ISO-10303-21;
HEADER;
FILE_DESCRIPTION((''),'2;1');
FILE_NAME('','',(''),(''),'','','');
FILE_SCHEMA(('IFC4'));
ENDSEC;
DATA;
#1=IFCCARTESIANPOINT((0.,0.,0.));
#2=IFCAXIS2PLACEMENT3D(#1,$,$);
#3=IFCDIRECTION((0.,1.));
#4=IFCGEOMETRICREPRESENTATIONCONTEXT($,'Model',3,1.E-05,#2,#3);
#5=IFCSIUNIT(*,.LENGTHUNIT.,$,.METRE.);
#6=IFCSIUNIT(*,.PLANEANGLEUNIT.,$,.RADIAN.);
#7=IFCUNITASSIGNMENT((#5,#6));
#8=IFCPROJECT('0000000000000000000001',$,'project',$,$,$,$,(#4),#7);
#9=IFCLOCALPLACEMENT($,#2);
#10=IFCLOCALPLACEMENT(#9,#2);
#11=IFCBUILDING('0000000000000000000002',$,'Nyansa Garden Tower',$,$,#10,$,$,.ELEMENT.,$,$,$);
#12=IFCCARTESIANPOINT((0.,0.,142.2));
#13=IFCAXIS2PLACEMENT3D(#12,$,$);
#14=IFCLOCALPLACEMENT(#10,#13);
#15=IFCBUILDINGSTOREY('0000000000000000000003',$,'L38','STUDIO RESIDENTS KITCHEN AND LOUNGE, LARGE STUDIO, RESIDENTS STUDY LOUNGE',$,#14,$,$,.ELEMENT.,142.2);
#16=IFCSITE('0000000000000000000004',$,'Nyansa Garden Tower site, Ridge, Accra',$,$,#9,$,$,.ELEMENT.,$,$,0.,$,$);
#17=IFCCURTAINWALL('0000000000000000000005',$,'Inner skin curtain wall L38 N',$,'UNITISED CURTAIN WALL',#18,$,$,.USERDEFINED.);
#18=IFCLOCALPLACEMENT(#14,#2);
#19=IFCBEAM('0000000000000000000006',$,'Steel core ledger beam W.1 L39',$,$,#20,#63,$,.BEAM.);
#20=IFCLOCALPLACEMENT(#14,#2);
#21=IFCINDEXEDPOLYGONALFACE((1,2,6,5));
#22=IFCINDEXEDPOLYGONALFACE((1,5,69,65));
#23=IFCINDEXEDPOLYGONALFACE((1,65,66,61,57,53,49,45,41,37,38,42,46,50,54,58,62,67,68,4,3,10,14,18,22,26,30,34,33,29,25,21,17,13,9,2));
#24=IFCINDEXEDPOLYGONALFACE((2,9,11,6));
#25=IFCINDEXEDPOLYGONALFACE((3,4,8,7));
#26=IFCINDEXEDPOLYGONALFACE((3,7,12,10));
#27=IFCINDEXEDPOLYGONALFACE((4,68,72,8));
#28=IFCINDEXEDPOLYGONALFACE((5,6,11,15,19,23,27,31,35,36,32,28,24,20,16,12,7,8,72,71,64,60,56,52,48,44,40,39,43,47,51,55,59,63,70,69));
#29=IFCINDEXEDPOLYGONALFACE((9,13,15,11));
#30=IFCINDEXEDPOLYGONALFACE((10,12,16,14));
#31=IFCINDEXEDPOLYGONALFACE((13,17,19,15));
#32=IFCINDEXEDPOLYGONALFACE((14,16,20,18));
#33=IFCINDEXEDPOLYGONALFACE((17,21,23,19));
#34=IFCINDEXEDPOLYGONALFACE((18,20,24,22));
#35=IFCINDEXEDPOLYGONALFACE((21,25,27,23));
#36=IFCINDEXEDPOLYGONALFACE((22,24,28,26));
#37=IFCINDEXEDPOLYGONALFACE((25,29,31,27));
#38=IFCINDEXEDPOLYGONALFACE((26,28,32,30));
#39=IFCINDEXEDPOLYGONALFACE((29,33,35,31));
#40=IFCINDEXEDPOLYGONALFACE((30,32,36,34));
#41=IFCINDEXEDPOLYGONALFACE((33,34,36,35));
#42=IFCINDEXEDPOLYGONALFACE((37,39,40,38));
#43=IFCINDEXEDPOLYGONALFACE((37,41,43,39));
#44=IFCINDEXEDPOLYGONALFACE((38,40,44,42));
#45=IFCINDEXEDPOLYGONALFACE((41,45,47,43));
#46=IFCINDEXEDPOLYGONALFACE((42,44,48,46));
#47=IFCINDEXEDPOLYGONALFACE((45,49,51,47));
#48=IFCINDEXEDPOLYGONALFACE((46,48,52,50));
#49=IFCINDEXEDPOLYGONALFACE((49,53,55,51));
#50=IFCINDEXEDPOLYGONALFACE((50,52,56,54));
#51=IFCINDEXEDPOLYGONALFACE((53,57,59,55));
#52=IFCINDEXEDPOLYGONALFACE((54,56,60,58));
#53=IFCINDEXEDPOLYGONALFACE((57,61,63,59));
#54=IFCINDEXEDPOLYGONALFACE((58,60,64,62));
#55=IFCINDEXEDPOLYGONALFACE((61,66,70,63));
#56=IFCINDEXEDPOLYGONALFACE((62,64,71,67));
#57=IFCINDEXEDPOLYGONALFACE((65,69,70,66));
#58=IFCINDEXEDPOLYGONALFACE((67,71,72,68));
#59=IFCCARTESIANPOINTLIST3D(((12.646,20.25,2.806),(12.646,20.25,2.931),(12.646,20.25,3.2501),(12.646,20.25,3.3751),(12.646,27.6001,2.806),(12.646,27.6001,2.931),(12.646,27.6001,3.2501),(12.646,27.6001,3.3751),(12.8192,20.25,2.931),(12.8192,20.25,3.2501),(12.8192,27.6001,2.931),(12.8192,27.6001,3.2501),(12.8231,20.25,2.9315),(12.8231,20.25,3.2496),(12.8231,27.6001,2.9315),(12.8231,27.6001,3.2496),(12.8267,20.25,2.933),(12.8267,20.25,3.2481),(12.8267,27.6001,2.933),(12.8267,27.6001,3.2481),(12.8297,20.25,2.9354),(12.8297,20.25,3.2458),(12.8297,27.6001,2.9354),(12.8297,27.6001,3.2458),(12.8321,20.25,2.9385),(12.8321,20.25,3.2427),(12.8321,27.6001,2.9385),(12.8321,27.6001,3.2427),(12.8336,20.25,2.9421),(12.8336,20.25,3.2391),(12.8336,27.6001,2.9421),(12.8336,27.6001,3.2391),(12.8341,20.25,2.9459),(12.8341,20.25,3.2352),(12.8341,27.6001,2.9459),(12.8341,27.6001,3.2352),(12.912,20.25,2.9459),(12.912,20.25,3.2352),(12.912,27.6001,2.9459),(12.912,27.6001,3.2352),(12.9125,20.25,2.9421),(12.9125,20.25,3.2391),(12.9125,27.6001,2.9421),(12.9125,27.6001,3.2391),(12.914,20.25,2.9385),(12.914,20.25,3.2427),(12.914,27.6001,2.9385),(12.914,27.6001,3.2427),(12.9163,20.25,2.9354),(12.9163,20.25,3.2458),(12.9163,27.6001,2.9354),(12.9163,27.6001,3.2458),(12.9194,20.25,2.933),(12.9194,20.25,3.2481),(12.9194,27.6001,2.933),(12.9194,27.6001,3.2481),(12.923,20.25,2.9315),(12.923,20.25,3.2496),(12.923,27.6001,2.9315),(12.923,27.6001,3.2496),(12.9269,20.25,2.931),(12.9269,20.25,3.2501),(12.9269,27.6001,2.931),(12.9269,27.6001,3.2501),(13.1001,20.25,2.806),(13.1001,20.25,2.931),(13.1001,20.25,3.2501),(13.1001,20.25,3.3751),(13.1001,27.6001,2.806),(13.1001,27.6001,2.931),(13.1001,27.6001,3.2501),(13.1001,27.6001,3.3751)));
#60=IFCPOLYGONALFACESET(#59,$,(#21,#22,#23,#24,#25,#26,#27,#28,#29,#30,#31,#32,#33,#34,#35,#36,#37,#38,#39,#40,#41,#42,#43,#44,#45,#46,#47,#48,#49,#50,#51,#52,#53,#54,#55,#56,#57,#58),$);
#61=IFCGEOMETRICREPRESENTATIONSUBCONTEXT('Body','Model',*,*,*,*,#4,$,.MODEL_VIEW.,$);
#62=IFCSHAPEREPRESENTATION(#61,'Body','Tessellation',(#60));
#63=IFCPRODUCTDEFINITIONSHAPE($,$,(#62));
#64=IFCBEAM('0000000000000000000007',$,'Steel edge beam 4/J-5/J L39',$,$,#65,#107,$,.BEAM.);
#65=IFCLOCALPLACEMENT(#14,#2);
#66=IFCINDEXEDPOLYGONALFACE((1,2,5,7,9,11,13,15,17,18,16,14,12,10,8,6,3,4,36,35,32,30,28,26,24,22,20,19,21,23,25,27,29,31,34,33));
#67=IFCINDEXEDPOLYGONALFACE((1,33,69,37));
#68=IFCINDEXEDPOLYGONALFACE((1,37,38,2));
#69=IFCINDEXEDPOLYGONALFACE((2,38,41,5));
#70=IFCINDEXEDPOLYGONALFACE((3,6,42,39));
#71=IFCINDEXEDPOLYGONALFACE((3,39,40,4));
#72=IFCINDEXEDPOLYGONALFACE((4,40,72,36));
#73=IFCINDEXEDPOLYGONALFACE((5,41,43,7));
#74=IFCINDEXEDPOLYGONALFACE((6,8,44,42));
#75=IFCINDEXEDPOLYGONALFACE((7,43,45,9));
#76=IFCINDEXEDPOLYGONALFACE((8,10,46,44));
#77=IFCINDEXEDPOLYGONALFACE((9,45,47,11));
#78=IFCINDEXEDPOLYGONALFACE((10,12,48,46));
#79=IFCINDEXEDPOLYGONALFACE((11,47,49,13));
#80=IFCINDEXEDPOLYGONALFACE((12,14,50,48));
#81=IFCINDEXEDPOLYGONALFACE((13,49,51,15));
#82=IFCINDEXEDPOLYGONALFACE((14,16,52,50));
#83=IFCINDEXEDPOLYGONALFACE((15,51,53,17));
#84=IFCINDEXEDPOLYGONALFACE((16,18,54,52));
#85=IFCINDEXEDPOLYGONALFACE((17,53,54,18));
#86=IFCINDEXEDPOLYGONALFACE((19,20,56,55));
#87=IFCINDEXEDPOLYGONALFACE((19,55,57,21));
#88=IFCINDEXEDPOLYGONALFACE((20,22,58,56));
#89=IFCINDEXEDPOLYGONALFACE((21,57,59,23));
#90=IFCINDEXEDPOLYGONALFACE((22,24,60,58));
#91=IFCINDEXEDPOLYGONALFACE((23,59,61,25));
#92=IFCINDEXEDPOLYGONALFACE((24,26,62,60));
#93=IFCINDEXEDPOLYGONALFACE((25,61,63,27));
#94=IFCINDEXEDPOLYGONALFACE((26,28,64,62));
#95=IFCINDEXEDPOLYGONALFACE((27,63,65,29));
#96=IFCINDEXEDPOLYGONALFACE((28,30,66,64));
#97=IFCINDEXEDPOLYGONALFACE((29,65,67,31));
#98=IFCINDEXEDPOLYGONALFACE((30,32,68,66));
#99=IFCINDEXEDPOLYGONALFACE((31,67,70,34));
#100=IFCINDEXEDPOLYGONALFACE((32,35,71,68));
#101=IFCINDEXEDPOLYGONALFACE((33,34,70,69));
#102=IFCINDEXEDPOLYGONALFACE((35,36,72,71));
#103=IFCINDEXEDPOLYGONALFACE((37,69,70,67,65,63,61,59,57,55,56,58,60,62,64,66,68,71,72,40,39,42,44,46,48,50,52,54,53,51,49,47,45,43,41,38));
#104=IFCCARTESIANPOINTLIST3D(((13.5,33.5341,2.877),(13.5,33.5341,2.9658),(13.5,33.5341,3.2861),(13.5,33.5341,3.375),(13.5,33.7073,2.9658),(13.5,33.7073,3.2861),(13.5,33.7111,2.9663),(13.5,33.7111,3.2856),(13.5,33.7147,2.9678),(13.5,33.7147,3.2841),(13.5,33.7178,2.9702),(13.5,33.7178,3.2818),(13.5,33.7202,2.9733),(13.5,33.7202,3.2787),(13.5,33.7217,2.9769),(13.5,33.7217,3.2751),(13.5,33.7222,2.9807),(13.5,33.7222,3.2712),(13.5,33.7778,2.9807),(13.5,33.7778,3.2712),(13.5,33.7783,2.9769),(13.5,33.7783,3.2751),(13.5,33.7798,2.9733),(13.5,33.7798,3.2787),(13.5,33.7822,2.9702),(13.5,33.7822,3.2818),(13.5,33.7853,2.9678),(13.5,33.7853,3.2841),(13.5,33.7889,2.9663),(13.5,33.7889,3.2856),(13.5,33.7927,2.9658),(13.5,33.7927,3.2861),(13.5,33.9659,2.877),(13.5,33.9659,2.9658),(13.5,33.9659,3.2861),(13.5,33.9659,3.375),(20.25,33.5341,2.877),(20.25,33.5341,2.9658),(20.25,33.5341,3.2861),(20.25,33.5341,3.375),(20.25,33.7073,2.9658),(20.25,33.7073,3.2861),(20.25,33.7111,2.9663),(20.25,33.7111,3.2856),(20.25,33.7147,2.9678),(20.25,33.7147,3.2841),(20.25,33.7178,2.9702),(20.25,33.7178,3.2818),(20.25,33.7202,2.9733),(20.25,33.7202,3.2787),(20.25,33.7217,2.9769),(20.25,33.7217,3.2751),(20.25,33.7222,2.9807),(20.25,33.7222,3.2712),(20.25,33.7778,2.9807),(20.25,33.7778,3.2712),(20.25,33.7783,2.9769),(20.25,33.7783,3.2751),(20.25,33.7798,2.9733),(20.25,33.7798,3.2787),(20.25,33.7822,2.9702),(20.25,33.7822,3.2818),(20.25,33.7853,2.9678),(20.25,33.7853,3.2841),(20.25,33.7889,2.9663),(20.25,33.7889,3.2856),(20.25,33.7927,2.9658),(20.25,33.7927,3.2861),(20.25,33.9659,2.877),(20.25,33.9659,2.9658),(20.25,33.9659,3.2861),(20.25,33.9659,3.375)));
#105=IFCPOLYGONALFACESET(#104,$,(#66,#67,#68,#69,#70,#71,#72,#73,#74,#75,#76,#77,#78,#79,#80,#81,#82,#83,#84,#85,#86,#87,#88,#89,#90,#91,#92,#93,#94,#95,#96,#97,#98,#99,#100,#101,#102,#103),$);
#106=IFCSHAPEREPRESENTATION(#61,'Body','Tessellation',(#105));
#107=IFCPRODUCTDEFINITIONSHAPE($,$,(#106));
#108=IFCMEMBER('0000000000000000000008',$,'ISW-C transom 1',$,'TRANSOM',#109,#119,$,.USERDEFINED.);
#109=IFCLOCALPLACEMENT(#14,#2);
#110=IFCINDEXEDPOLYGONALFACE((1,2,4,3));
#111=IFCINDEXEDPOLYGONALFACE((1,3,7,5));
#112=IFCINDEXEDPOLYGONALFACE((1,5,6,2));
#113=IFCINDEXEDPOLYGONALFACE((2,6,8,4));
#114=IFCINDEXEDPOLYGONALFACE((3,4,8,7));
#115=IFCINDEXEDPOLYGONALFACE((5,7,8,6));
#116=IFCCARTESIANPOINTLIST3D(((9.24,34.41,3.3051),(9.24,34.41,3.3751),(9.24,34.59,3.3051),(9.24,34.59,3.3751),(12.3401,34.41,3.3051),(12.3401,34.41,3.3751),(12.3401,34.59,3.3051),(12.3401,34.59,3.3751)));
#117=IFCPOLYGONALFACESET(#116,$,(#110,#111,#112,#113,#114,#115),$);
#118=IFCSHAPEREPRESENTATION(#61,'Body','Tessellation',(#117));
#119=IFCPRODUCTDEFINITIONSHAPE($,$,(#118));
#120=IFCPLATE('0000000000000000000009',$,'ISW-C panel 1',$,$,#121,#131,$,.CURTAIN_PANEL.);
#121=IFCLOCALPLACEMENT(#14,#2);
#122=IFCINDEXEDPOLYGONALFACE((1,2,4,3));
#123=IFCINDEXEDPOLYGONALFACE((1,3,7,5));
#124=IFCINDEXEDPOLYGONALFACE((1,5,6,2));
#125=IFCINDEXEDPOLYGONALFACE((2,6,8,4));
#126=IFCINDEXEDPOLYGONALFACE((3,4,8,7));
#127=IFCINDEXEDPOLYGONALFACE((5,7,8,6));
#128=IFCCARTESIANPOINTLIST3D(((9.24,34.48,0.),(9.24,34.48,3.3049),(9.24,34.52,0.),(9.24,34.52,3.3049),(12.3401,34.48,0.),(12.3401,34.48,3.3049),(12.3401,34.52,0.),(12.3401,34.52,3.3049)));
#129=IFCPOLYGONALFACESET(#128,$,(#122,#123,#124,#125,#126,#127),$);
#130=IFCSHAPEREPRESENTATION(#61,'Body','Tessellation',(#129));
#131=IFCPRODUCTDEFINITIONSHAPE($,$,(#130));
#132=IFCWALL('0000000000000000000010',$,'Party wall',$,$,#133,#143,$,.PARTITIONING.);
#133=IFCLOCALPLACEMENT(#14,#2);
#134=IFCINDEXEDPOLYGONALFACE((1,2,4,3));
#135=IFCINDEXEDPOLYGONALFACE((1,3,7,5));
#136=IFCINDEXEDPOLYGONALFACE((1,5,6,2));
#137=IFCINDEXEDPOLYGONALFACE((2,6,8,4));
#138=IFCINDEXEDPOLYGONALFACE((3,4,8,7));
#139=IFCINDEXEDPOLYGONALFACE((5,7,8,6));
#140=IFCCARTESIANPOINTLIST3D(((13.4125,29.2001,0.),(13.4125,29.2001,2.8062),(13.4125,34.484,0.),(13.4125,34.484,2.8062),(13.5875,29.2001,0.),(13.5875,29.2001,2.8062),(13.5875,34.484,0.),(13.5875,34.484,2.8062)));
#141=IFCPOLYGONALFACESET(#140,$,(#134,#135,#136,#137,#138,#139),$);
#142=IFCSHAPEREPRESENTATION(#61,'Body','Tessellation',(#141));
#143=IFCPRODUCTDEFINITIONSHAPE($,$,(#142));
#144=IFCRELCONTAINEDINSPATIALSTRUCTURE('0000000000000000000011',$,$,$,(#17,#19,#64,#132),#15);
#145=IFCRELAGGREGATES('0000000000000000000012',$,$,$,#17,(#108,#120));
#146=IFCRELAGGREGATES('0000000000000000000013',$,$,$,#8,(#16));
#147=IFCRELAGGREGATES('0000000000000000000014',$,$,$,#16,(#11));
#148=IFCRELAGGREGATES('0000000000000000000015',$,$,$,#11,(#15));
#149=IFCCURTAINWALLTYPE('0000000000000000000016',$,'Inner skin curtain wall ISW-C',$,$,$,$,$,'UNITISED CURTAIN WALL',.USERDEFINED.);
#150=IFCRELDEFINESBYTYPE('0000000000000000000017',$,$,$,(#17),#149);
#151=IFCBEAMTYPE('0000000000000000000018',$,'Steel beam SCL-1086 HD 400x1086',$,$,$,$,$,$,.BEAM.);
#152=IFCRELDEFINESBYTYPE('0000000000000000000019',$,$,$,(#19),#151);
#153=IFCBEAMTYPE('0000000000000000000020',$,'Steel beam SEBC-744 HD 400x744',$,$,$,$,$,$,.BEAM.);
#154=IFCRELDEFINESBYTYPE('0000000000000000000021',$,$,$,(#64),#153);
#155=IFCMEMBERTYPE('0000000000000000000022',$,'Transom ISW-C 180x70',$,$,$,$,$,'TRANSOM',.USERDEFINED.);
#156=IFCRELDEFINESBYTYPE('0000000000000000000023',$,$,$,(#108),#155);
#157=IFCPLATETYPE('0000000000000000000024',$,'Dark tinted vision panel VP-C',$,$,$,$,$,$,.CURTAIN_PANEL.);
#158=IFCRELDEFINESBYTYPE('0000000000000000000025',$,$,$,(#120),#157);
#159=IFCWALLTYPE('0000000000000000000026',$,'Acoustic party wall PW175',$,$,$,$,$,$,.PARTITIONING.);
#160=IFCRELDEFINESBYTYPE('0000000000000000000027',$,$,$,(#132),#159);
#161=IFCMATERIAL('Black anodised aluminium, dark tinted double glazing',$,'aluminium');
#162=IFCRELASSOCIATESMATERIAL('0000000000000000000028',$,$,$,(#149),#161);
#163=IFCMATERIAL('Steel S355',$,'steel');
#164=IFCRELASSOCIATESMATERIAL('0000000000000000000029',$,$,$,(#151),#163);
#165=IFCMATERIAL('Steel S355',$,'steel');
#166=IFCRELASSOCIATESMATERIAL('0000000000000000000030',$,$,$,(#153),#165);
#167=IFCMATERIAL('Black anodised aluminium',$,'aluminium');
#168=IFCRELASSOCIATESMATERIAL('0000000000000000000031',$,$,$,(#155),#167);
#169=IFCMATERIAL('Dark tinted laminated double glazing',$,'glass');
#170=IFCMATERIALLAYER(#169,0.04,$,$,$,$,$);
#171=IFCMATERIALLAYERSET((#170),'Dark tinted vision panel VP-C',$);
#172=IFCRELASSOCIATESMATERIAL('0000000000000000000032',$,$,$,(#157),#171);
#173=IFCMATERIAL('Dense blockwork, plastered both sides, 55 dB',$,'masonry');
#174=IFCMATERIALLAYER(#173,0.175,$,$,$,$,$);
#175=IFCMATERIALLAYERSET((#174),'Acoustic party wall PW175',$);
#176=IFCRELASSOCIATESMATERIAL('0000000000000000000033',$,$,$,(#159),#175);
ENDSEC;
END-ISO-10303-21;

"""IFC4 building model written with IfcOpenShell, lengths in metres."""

from ifc_helpers import new_model, si_unit, direction, frame, frame_2d, origin, origin_2d, place, context, subcontext, project, spatial, rectangle, i_section, extrude, material, layer, layer_set, material_profile, profile_set, type_object, element, aggregate, save


model = new_model("IFC4")

# Units and contexts
model_context = context("Model", 3, precision=1e-05, world=origin(), true_north=direction((0.0, 1.0)))
body_context = subcontext(model_context, "Body", "Model", "MODEL_VIEW")
ifc_project = project(units=[si_unit("LENGTHUNIT", "METRE"), si_unit("PLANEANGLEUNIT", "RADIAN")], contexts=[model_context])

# Site, building, storey
site_placement = place(None, origin())
site = spatial("IfcSite", under=ifc_project, at=site_placement, Name="Nyansa Garden Tower site, Ridge, Accra", CompositionType="ELEMENT", RefElevation=0.0)
building_placement = place(site_placement, origin())
building = spatial("IfcBuilding", under=site, at=building_placement, Name="Nyansa Garden Tower", CompositionType="ELEMENT")
storey_placement = place(building_placement, frame((0.0, 0.0, 142.2)))
storey = spatial("IfcBuildingStorey", under=building, at=storey_placement, Name="L38", Description="STUDIO RESIDENTS KITCHEN AND LOUNGE, LARGE STUDIO, RESIDENTS STUDY LOUNGE", CompositionType="ELEMENT", Elevation=142.2)

# Curtain wall
ifc_material_1 = material(Name="Black anodised aluminium, dark tinted double glazing", Category="aluminium")
curtain_wall_type = type_object("IfcCurtainWallType", Name="Inner skin curtain wall ISW-C", ElementType="UNITISED CURTAIN WALL", PredefinedType="USERDEFINED", material=ifc_material_1)
curtain_wall_placement = place(storey_placement, origin())
curtain_wall = element("IfcCurtainWall", 1, at=curtain_wall_placement, inside=storey, type_object=curtain_wall_type, Name="Inner skin curtain wall L38 N", ObjectType="UNITISED CURTAIN WALL", PredefinedType="USERDEFINED")

# Beams
ifc_material_2 = material(Name="Steel S355", Category="steel")
ifc_material_profile_1 = material_profile(ifc_material_2, i_section(OverallWidth=0.4541, OverallDepth=0.5691, WebThickness=0.0779, FlangeThickness=0.125, FilletRadius=0.0149, at=origin_2d()), Name="HD 400x1086")
ifc_profile_set_1 = profile_set([ifc_material_profile_1], Name="Steel S355")
beam_type_1 = type_object("IfcBeamType", Name="Steel beam SCL-1086 HD 400x1086", PredefinedType="BEAM", material=ifc_profile_set_1)
beam_1_placement = place(storey_placement, frame((12.873, 27.6001, 3.0906), z_axis=(0.0, -1.0, 0.0), x_axis=(1.0, 0.0, 0.0)))
element("IfcBeam", 2, at=beam_1_placement, inside=storey, type_object=beam_type_1, Name="Steel core ledger beam W.1 L39", PredefinedType="BEAM", context=body_context, shape_type="SweptSolid", body=[
    extrude(i_section(OverallWidth=0.4541, OverallDepth=0.5691, WebThickness=0.0779, FlangeThickness=0.125, FilletRadius=0.0149, at=origin_2d()), origin(), (0.0, 0.0, 1.0), 7.3501),
])
ifc_material_3 = material(Name="Steel S355", Category="steel")
ifc_material_profile_2 = material_profile(ifc_material_3, i_section(OverallWidth=0.4319, OverallDepth=0.498, WebThickness=0.0557, FlangeThickness=0.0889, FilletRadius=0.0149, at=origin_2d()), Name="HD 400x744")
ifc_profile_set_2 = profile_set([ifc_material_profile_2], Name="Steel S355")
beam_type_2 = type_object("IfcBeamType", Name="Steel beam SEBC-744 HD 400x744", PredefinedType="BEAM", material=ifc_profile_set_2)
beam_2_placement = place(storey_placement, frame((13.5, 33.75, 3.126), z_axis=(1.0, 0.0, 0.0), x_axis=(0.0, 1.0, 0.0)))
element("IfcBeam", 3, at=beam_2_placement, inside=storey, type_object=beam_type_2, Name="Steel edge beam 4/J-5/J L39", PredefinedType="BEAM", context=body_context, shape_type="SweptSolid", body=[
    extrude(i_section(OverallWidth=0.4319, OverallDepth=0.498, WebThickness=0.0557, FlangeThickness=0.0889, FilletRadius=0.0149, at=origin_2d()), origin(), (0.0, 0.0, 1.0), 6.75),
])

# Member
ifc_material_4 = material(Name="Black anodised aluminium", Category="aluminium")
ifc_material_profile_3 = material_profile(ifc_material_4, rectangle(XDim=0.1799, YDim=0.0701, at=origin_2d()), Name="Transom 180x70")
ifc_profile_set_3 = profile_set([ifc_material_profile_3], Name="Black anodised aluminium")
member_type_1 = type_object("IfcMemberType", Name="Transom ISW-C 180x70", ElementType="TRANSOM", PredefinedType="USERDEFINED", material=ifc_profile_set_3)
member_1_placement = place(storey_placement, frame((12.3401, 34.5, 3.3401), z_axis=(-1.0, 0.0, 0.0), x_axis=(0.0, -1.0, 0.0)))
member_1 = element("IfcMember", 4, at=member_1_placement, type_object=member_type_1, Name="ISW-C transom 1", ObjectType="TRANSOM", PredefinedType="USERDEFINED", context=body_context, shape_type="SweptSolid", body=[
    extrude(rectangle(XDim=0.1799, YDim=0.0701, at=origin_2d()), origin(), (0.0, 0.0, 1.0), 3.1001),
])

# Plate
ifc_material_5 = material(Name="Dark tinted laminated double glazing", Category="glass")
ifc_layer_1 = layer(ifc_material_5, 0.04)
ifc_layer_set_1 = layer_set([ifc_layer_1], Name="Dark tinted vision panel VP-C")
plate_type = type_object("IfcPlateType", Name="Dark tinted vision panel VP-C", PredefinedType="CURTAIN_PANEL", material=ifc_layer_set_1)
plate_placement = place(storey_placement, frame((10.79, 34.5, 0.0), z_axis=(0.0, 0.0, 1.0), x_axis=(-1.0, 0.0, 0.0)))
plate = element("IfcPlate", 5, at=plate_placement, type_object=plate_type, Name="ISW-C panel 1", PredefinedType="CURTAIN_PANEL", context=body_context, shape_type="SweptSolid", body=[
    extrude(rectangle(XDim=3.1001, YDim=0.04, at=origin_2d()), origin(), (0.0, 0.0, 1.0), 3.3049),
])
aggregate(curtain_wall, [member_1, plate])

# Wall
ifc_material_6 = material(Name="Dense blockwork, plastered both sides, 55 dB", Category="masonry")
ifc_layer_2 = layer(ifc_material_6, 0.175)
ifc_layer_set_2 = layer_set([ifc_layer_2], Name="Acoustic party wall PW175")
wall_type_1 = type_object("IfcWallType", Name="Acoustic party wall PW175", PredefinedType="PARTITIONING", material=ifc_layer_set_2)
wall_1_placement = place(storey_placement, frame((13.5, 29.2, 0.0), z_axis=(0.0, 0.0, 1.0), x_axis=(0.0, 1.0, 0.0)))
element("IfcWall", 6, at=wall_1_placement, inside=storey, type_object=wall_type_1, Name="Party wall", PredefinedType="PARTITIONING", context=body_context, shape_type="SweptSolid", body=[
    extrude(rectangle(XDim=5.2839, YDim=0.175, at=frame_2d((2.6421, 0.0))), origin(), (0.0, 0.0, 1.0), 2.8062),
])

save(model, "model.ifc")
